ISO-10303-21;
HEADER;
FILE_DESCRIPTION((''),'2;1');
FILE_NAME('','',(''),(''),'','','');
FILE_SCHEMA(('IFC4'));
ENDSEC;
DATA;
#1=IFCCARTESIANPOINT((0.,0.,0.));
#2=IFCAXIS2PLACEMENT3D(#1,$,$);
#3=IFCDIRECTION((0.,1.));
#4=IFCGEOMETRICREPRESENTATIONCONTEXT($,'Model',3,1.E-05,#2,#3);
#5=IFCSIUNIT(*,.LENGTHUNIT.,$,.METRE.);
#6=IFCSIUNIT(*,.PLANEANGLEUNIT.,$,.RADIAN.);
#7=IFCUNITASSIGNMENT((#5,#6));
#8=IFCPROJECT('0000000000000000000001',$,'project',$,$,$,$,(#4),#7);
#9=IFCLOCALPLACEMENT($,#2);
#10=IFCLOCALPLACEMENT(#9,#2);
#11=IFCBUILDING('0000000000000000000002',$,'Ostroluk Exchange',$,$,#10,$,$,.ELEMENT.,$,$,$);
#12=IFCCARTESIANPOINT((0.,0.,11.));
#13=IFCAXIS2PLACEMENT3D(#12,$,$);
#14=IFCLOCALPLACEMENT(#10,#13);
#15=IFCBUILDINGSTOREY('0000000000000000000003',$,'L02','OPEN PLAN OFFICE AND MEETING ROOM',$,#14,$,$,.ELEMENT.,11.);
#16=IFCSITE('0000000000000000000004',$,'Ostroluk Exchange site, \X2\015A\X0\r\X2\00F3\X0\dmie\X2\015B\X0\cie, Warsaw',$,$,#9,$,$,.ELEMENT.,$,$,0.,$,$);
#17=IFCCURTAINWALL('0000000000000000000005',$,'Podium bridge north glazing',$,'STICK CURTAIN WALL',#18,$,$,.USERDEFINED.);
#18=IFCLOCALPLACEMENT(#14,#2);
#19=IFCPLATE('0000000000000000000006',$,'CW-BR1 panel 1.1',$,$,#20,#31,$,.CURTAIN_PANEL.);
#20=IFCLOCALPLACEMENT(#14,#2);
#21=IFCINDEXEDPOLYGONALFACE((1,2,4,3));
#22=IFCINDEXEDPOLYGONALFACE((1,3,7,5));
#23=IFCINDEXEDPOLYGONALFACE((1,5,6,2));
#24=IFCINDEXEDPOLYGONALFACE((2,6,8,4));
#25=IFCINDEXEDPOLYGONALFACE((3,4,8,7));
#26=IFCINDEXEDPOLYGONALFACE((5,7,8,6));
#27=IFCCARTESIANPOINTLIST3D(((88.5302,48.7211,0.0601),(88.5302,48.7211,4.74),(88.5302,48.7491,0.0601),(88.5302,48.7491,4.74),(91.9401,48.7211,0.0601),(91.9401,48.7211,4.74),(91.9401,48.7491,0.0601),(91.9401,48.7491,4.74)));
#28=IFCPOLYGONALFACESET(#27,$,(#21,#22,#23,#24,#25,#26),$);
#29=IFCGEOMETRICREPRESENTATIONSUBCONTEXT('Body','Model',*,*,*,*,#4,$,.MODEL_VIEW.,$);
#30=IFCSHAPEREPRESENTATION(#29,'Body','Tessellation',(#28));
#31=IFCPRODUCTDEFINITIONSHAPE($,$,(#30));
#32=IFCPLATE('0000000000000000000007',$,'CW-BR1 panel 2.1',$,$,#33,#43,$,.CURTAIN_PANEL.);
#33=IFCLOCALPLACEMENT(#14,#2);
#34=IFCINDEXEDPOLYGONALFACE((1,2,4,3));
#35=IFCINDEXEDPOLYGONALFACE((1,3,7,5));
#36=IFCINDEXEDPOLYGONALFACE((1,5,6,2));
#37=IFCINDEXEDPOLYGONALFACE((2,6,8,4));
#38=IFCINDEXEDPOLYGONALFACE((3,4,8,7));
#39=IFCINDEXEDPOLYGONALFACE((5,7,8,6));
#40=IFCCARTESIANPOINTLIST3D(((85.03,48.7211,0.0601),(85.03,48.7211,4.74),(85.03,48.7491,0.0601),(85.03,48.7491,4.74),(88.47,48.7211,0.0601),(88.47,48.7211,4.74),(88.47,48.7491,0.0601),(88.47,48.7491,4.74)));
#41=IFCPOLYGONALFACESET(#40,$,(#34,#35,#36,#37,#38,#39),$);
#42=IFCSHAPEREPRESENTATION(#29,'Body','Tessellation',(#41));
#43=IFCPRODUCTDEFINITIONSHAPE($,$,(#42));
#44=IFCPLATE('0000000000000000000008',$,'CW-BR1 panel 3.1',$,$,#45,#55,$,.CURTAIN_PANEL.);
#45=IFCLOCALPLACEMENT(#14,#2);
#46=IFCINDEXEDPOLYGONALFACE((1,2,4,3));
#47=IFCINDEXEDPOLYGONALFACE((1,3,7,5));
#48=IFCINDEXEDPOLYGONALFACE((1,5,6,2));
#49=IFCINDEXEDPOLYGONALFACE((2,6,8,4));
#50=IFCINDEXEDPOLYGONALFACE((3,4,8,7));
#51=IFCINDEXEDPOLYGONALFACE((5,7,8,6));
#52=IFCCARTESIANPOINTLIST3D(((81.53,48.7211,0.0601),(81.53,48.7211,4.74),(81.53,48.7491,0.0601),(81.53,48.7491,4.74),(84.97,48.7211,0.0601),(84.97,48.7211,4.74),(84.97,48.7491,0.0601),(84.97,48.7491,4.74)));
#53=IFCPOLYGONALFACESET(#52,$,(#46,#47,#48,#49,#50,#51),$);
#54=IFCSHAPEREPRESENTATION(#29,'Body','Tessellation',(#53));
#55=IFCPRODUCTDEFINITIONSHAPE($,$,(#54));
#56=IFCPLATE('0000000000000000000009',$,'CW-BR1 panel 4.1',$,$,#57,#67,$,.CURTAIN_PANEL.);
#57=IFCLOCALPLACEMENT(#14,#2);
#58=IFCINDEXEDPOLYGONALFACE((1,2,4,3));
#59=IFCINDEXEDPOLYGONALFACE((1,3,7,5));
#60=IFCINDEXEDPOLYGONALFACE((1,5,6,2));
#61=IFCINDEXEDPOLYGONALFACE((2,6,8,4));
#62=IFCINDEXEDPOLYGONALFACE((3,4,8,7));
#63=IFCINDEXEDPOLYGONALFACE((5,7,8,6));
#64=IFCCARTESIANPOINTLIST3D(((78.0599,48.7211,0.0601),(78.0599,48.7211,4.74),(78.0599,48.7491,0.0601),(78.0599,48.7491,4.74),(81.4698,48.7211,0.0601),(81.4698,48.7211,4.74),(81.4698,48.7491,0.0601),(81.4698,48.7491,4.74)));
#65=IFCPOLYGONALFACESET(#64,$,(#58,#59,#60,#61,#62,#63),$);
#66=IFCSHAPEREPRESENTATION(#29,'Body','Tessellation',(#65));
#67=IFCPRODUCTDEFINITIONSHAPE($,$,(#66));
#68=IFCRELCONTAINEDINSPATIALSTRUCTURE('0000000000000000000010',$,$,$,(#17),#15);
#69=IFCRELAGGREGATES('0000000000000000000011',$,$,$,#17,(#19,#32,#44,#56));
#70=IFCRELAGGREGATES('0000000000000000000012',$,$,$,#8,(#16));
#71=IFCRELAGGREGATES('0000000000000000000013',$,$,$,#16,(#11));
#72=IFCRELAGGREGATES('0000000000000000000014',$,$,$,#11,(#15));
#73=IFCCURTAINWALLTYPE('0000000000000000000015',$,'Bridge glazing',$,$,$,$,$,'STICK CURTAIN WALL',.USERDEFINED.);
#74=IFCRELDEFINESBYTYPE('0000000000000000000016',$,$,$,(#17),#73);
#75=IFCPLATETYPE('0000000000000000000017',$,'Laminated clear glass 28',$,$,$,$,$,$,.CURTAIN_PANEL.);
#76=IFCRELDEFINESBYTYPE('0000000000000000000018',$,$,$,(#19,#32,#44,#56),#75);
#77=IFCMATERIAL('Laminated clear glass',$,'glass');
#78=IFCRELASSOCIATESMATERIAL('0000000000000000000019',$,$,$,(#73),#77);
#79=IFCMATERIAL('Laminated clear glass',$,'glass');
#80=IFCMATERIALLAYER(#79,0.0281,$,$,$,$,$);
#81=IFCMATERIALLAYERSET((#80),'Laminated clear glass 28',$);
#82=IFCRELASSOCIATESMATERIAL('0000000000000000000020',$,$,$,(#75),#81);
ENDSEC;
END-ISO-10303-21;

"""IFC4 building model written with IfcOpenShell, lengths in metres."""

from ifc_helpers import new_model, si_unit, direction, frame, origin, origin_2d, place, context, subcontext, project, spatial, rectangle, extrude, material, layer, layer_set, type_object, element, aggregate, save


model = new_model("IFC4")

# Units and contexts
model_context = context("Model", 3, precision=1e-05, world=origin(), true_north=direction((0.0, 1.0)))
body_context = subcontext(model_context, "Body", "Model", "MODEL_VIEW")
ifc_project = project(units=[si_unit("LENGTHUNIT", "METRE"), si_unit("PLANEANGLEUNIT", "RADIAN")], contexts=[model_context])

# Site, building, storey
site_placement = place(None, origin())
site = spatial("IfcSite", under=ifc_project, at=site_placement, Name="Ostroluk Exchange site, Śródmieście, Warsaw", CompositionType="ELEMENT", RefElevation=0.0)
building_placement = place(site_placement, origin())
building = spatial("IfcBuilding", under=site, at=building_placement, Name="Ostroluk Exchange", CompositionType="ELEMENT")
storey_placement = place(building_placement, frame((0.0, 0.0, 11.0)))
storey = spatial("IfcBuildingStorey", under=building, at=storey_placement, Name="L02", Description="OPEN PLAN OFFICE AND MEETING ROOM", CompositionType="ELEMENT", Elevation=11.0)

# Curtain wall
ifc_material_1 = material(Name="Laminated clear glass", Category="glass")
curtain_wall_type = type_object("IfcCurtainWallType", Name="Bridge glazing", ElementType="STICK CURTAIN WALL", PredefinedType="USERDEFINED", material=ifc_material_1)
curtain_wall_placement = place(storey_placement, origin())
curtain_wall = element("IfcCurtainWall", 1, at=curtain_wall_placement, inside=storey, type_object=curtain_wall_type, Name="Podium bridge north glazing", ObjectType="STICK CURTAIN WALL", PredefinedType="USERDEFINED")

# Plates
ifc_material_2 = material(Name="Laminated clear glass", Category="glass")
ifc_layer = layer(ifc_material_2, 0.0281)
ifc_layer_set = layer_set([ifc_layer], Name="Laminated clear glass 28")
plate_type = type_object("IfcPlateType", Name="Laminated clear glass 28", PredefinedType="CURTAIN_PANEL", material=ifc_layer_set)
plate_1_placement = place(storey_placement, frame((90.2351, 48.7351, 0.0601), z_axis=(0.0, 0.0, 1.0), x_axis=(-1.0, 0.0, 0.0)))
plate_1 = element("IfcPlate", 2, at=plate_1_placement, type_object=plate_type, Name="CW-BR1 panel 1.1", PredefinedType="CURTAIN_PANEL", context=body_context, shape_type="SweptSolid", body=[
    extrude(rectangle(XDim=3.4099, YDim=0.0281, at=origin_2d()), origin(), (0.0, 0.0, 1.0), 4.6799),
])
plate_2_placement = place(storey_placement, frame((86.75, 48.7351, 0.0601), z_axis=(0.0, 0.0, 1.0), x_axis=(-1.0, 0.0, 0.0)))
plate_2 = element("IfcPlate", 3, at=plate_2_placement, type_object=plate_type, Name="CW-BR1 panel 2.1", PredefinedType="CURTAIN_PANEL", context=body_context, shape_type="SweptSolid", body=[
    extrude(rectangle(XDim=3.4399, YDim=0.0281, at=origin_2d()), origin(), (0.0, 0.0, 1.0), 4.6799),
])
plate_3_placement = place(storey_placement, frame((83.25, 48.7351, 0.0601), z_axis=(0.0, 0.0, 1.0), x_axis=(-1.0, 0.0, 0.0)))
plate_3 = element("IfcPlate", 4, at=plate_3_placement, type_object=plate_type, Name="CW-BR1 panel 3.1", PredefinedType="CURTAIN_PANEL", context=body_context, shape_type="SweptSolid", body=[
    extrude(rectangle(XDim=3.4399, YDim=0.0281, at=origin_2d()), origin(), (0.0, 0.0, 1.0), 4.6799),
])
plate_4_placement = place(storey_placement, frame((79.7649, 48.7351, 0.0601), z_axis=(0.0, 0.0, 1.0), x_axis=(-1.0, 0.0, 0.0)))
plate_4 = element("IfcPlate", 5, at=plate_4_placement, type_object=plate_type, Name="CW-BR1 panel 4.1", PredefinedType="CURTAIN_PANEL", context=body_context, shape_type="SweptSolid", body=[
    extrude(rectangle(XDim=3.4099, YDim=0.0281, at=origin_2d()), origin(), (0.0, 0.0, 1.0), 4.6799),
])
aggregate(curtain_wall, [plate_1, plate_2, plate_3, plate_4])

save(model, "model.ifc")
